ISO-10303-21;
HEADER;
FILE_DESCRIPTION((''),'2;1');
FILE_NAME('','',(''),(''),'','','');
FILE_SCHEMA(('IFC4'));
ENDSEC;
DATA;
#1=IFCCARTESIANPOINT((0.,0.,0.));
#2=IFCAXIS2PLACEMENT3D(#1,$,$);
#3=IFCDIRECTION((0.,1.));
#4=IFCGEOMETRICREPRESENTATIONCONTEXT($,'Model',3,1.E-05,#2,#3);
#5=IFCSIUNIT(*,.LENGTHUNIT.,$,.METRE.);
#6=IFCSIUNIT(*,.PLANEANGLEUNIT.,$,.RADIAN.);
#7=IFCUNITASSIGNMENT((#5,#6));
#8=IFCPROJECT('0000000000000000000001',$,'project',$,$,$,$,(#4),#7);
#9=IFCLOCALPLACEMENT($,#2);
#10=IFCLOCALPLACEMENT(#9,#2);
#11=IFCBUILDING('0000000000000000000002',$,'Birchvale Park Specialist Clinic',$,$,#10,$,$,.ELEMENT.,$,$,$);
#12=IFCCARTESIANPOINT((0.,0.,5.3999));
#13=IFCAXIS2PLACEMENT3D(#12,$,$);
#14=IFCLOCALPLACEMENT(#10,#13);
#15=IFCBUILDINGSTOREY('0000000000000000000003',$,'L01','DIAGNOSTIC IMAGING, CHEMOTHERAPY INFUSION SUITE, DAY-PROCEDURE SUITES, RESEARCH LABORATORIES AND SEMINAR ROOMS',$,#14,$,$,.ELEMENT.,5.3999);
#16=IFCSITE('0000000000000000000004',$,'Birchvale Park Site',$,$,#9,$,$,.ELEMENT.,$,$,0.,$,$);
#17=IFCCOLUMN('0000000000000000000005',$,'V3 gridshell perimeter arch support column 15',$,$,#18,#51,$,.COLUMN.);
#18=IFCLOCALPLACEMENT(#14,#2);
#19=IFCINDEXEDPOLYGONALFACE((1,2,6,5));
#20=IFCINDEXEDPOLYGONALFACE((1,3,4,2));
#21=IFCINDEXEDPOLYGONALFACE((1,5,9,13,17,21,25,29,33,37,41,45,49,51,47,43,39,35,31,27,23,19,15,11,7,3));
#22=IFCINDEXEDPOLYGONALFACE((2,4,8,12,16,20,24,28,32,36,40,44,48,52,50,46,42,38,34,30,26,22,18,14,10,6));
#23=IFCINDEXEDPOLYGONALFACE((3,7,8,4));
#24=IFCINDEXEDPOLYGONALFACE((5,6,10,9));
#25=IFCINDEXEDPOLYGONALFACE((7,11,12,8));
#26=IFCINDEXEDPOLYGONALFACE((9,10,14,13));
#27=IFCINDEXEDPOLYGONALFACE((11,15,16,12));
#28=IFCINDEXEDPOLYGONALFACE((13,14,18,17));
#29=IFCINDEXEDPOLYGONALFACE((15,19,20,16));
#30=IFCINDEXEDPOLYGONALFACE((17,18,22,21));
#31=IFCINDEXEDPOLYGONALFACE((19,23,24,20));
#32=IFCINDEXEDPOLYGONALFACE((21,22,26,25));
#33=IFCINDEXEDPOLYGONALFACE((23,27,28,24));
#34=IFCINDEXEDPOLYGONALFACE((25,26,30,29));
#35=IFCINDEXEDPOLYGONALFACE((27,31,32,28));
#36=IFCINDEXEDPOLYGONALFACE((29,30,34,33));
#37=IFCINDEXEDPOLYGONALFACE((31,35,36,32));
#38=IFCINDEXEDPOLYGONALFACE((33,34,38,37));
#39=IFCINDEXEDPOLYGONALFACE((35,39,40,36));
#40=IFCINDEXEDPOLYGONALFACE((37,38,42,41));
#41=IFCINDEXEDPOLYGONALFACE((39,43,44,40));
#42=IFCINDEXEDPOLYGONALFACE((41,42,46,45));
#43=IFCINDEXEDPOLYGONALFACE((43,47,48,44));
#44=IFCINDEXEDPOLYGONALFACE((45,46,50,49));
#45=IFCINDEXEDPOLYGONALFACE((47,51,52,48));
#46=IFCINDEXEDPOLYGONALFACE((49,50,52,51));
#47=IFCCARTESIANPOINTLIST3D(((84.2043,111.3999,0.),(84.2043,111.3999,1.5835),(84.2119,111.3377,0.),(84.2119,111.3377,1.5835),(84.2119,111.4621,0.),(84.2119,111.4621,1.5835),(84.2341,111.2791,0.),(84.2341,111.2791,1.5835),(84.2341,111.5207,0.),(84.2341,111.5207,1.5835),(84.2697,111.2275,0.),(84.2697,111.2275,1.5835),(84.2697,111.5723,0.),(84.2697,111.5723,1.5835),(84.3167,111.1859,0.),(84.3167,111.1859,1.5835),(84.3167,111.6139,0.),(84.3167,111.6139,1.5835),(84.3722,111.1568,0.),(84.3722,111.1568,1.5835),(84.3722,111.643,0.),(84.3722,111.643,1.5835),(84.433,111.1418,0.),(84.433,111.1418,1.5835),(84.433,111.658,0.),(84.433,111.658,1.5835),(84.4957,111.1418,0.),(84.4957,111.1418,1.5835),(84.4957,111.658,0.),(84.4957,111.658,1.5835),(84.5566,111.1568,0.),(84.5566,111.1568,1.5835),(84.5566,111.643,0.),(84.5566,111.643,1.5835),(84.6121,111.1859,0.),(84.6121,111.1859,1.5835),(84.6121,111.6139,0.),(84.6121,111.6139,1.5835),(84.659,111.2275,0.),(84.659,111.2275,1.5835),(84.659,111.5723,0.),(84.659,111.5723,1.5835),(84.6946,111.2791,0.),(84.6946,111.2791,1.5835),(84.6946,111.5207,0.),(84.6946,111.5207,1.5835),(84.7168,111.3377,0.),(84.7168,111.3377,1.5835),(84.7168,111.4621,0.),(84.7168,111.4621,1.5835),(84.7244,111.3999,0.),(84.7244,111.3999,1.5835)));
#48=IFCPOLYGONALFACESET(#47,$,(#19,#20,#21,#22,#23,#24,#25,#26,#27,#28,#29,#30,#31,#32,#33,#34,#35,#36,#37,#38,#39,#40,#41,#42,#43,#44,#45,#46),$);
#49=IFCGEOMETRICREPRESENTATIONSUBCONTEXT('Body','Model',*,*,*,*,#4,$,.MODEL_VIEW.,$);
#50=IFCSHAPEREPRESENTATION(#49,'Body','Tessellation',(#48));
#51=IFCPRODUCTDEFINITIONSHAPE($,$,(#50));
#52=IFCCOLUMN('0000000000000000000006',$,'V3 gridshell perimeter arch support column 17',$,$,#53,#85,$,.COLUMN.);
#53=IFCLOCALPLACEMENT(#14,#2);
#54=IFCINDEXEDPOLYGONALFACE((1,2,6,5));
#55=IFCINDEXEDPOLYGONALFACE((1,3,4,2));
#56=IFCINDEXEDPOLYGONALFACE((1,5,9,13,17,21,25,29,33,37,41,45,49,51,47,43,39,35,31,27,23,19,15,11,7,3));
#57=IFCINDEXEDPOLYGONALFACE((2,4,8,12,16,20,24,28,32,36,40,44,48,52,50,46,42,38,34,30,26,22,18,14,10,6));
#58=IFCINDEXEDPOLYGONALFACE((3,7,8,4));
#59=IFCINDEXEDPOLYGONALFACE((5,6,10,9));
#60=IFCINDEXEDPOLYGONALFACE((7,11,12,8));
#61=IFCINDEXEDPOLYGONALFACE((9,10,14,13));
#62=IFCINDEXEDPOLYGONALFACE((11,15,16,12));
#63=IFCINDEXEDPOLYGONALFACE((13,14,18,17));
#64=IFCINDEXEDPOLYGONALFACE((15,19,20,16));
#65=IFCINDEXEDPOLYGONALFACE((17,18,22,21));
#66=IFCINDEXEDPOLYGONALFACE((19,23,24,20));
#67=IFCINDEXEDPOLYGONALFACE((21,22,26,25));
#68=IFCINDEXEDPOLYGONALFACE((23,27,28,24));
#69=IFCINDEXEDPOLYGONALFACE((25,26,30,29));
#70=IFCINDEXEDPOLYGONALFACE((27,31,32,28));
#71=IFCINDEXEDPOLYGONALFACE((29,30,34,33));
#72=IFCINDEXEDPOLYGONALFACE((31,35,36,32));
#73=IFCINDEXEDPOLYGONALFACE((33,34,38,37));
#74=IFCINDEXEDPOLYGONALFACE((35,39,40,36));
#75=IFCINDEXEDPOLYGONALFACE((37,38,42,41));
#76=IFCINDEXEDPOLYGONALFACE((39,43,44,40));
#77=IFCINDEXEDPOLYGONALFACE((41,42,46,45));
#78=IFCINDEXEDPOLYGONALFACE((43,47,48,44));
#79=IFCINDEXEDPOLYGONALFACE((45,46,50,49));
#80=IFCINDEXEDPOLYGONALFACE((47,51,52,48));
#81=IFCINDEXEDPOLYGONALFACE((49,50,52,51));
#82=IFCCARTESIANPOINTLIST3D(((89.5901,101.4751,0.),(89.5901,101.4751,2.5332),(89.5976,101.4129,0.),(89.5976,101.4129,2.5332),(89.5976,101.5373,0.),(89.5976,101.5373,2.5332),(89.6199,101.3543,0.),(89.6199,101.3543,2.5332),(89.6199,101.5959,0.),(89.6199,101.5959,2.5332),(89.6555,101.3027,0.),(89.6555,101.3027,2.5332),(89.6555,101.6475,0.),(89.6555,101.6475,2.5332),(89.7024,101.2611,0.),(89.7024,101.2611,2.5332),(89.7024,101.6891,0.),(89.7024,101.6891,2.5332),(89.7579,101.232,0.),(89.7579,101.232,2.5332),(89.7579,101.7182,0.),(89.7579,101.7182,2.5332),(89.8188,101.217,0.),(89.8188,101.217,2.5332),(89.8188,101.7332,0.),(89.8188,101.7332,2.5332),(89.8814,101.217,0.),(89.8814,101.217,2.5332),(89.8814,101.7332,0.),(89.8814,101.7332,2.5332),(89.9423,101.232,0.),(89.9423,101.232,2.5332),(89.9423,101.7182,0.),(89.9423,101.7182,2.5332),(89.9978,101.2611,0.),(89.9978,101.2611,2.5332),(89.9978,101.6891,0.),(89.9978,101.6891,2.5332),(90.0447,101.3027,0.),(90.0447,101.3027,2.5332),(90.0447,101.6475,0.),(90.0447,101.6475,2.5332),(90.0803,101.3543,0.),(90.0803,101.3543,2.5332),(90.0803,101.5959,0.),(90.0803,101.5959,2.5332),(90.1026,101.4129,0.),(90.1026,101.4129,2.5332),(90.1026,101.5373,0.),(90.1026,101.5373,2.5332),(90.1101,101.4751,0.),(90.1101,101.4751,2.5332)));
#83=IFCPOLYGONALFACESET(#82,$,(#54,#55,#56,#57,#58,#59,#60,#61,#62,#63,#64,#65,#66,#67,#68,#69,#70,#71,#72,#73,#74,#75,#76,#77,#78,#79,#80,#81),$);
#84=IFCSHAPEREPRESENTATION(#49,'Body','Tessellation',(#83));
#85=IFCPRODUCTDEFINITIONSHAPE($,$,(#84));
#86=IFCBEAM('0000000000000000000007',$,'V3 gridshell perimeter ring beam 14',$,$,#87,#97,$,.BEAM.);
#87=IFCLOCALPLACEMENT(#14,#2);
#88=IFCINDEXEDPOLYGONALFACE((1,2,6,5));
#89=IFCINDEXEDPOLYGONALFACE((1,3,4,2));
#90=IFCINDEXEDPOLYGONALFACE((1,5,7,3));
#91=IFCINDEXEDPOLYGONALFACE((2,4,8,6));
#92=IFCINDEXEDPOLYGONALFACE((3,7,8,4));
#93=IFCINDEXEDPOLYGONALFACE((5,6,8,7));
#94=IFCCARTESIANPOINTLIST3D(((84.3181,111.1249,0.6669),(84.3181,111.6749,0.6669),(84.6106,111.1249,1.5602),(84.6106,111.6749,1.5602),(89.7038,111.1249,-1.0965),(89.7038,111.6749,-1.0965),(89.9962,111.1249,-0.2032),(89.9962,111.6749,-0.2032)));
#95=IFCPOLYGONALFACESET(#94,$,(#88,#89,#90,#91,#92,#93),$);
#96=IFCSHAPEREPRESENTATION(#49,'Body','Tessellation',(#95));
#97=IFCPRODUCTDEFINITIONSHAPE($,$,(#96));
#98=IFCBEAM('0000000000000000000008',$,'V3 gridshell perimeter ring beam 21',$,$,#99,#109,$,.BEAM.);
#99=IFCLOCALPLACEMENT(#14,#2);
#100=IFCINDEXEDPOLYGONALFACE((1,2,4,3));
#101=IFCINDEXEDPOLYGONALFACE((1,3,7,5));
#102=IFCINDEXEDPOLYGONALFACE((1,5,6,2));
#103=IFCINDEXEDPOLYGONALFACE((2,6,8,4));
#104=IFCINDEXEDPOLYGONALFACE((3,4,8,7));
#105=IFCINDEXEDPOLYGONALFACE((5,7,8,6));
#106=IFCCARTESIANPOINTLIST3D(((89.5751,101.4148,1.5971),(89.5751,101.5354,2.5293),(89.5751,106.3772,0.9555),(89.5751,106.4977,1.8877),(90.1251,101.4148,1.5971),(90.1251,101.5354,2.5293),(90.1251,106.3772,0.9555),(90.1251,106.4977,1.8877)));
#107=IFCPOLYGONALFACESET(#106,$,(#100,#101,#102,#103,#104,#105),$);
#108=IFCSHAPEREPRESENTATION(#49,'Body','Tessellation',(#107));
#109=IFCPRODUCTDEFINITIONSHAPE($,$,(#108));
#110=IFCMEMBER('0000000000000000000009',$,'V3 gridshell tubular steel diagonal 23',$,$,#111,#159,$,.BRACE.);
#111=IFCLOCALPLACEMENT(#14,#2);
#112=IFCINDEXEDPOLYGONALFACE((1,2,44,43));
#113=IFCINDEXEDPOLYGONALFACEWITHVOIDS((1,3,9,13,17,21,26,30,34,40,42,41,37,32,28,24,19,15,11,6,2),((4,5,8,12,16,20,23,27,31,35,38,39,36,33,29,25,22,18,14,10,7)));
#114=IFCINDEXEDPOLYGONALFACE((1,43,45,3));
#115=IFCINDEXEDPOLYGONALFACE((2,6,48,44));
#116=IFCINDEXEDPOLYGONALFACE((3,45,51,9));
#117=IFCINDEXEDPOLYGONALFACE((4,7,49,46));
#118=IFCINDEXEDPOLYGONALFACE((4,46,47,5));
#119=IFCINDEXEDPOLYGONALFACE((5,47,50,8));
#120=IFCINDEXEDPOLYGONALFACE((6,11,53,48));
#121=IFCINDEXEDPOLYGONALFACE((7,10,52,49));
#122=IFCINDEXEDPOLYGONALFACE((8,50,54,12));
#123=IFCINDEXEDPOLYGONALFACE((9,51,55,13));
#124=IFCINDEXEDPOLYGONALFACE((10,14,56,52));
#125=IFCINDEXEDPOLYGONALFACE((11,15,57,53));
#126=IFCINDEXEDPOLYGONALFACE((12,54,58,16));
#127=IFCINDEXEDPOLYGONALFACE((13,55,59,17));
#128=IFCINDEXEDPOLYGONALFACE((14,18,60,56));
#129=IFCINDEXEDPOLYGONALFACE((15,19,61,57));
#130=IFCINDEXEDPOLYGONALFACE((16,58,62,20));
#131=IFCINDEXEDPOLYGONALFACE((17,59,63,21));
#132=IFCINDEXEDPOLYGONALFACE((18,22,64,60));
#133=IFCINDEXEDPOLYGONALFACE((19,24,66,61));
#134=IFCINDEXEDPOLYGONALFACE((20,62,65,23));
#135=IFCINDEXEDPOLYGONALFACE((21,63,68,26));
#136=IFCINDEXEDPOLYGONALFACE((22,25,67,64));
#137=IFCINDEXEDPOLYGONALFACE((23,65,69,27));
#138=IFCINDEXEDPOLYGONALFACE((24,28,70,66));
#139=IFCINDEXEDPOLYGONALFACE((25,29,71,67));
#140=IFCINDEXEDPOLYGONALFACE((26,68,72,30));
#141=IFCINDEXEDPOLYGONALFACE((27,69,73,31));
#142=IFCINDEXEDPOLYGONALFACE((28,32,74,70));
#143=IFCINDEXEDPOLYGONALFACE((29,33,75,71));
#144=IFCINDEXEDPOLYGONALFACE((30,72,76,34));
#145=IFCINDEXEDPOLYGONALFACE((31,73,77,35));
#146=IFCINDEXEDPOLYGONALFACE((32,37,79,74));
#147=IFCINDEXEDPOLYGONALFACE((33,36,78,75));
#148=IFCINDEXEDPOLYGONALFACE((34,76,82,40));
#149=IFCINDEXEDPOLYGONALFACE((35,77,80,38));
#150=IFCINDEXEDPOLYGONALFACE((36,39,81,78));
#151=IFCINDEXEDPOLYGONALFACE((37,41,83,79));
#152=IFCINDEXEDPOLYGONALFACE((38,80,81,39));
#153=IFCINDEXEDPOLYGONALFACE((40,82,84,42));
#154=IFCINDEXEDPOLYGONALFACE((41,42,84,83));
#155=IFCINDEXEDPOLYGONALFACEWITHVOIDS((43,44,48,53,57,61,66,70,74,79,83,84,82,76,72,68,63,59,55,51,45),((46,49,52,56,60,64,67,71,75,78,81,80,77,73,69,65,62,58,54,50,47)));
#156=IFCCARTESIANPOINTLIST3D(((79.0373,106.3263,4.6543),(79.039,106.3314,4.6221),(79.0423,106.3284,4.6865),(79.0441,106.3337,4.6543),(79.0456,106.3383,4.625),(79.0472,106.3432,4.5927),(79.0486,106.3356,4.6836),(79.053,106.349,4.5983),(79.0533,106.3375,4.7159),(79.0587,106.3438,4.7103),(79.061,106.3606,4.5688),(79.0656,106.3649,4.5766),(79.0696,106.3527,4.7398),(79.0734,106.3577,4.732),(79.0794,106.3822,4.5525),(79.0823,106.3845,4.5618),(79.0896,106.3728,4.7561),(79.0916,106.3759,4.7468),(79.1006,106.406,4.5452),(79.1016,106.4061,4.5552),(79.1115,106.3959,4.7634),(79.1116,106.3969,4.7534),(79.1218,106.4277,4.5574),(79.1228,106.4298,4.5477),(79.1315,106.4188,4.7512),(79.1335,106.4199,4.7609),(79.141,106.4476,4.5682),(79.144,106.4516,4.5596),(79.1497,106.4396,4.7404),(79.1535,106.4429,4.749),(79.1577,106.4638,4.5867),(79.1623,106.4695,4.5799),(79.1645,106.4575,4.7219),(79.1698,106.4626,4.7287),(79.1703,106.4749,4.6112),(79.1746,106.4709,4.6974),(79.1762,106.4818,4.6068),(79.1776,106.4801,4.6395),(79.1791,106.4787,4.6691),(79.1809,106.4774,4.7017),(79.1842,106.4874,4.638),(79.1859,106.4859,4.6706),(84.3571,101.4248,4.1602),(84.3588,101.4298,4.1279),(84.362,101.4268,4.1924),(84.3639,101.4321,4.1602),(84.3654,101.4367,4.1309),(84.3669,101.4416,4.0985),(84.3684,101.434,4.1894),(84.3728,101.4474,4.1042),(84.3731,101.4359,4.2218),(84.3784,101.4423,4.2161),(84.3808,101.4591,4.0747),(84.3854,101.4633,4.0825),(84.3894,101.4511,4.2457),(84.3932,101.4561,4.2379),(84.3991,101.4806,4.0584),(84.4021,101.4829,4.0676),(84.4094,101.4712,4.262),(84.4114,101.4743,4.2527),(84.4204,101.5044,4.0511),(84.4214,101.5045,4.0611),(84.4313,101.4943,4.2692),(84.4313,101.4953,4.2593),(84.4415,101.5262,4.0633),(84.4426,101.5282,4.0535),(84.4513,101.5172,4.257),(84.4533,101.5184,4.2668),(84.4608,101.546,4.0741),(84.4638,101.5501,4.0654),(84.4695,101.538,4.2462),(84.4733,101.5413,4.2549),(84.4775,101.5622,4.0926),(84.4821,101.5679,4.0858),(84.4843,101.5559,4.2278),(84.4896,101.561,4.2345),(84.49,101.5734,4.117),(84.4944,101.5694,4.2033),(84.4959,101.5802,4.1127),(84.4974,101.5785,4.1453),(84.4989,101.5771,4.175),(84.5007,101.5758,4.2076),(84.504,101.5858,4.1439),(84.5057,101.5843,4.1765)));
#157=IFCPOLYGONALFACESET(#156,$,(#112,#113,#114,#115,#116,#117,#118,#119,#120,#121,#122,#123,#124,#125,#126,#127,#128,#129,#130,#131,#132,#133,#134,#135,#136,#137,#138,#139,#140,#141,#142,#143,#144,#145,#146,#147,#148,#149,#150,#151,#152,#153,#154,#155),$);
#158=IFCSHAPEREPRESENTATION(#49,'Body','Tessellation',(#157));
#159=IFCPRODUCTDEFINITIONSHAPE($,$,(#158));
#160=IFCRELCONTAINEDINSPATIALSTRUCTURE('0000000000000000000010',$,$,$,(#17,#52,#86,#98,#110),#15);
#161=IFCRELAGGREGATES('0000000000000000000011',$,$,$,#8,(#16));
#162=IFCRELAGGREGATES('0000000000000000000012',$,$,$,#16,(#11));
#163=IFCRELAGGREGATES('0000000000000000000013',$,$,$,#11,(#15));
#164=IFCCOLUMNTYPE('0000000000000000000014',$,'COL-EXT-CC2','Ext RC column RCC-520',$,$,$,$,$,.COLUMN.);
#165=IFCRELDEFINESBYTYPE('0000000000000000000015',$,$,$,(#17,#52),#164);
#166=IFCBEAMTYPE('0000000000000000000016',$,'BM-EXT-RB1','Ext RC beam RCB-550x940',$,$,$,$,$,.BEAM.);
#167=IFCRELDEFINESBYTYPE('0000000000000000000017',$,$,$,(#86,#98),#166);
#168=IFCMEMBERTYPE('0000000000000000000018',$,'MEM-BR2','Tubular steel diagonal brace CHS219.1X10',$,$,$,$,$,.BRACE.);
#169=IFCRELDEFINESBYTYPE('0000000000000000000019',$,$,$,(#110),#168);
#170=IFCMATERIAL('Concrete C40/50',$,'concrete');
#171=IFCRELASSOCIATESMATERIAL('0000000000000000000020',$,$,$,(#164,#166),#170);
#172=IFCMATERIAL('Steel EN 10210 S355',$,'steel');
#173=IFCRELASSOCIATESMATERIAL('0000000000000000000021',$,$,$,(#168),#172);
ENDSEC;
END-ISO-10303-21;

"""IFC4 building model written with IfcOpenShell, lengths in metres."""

from ifc_helpers import new_model, si_unit, direction, frame, origin, origin_2d, place, context, subcontext, project, spatial, rectangle, circle, hollow_circle, extrude, material, material_profile, profile_set, type_object, element, save


model = new_model("IFC4")

# Units and contexts
model_context = context("Model", 3, precision=1e-05, world=origin(), true_north=direction((0.0, 1.0)))
body_context = subcontext(model_context, "Body", "Model", "MODEL_VIEW")
ifc_project = project(units=[si_unit("LENGTHUNIT", "METRE"), si_unit("PLANEANGLEUNIT", "RADIAN")], contexts=[model_context])

# Site, building, storey
site_placement = place(None, origin())
site = spatial("IfcSite", under=ifc_project, at=site_placement, Name="Birchvale Park Site", CompositionType="ELEMENT", RefElevation=0.0)
building_placement = place(site_placement, origin())
building = spatial("IfcBuilding", under=site, at=building_placement, Name="Birchvale Park Specialist Clinic", CompositionType="ELEMENT")
storey_placement = place(building_placement, frame((0.0, 0.0, 5.3999)))
storey = spatial("IfcBuildingStorey", under=building, at=storey_placement, Name="L01", Description="DIAGNOSTIC IMAGING, CHEMOTHERAPY INFUSION SUITE, DAY-PROCEDURE SUITES, RESEARCH LABORATORIES AND SEMINAR ROOMS", CompositionType="ELEMENT", Elevation=5.3999)

# Columns
ifc_material_1 = material(Name="Concrete C40/50", Category="concrete")
ifc_material_profile_1 = material_profile(ifc_material_1, circle(Radius=0.26, at=origin_2d()), Name="RCC-520")
ifc_profile_set_1 = profile_set([ifc_material_profile_1], Name="Concrete C40/50")
column_type = type_object("IfcColumnType", Name="COL-EXT-CC2", Description="Ext RC column RCC-520", PredefinedType="COLUMN", material=ifc_profile_set_1)
column_1_placement = place(storey_placement, frame((84.4644, 111.3999, 0.0), z_axis=(0.0, 0.0, 1.0), x_axis=(1.0, 0.0, 0.0)))
element("IfcColumn", 1, at=column_1_placement, inside=storey, type_object=column_type, Name="V3 gridshell perimeter arch support column 15", PredefinedType="COLUMN", context=body_context, shape_type="SweptSolid", body=[
    extrude(circle(Radius=0.26, at=origin_2d()), origin(), (0.0, 0.0, 1.0), 1.5835),
])
column_2_placement = place(storey_placement, frame((89.8501, 101.4751, 0.0), z_axis=(0.0, 0.0, 1.0), x_axis=(1.0, 0.0, 0.0)))
element("IfcColumn", 2, at=column_2_placement, inside=storey, type_object=column_type, Name="V3 gridshell perimeter arch support column 17", PredefinedType="COLUMN", context=body_context, shape_type="SweptSolid", body=[
    extrude(circle(Radius=0.26, at=origin_2d()), origin(), (0.0, 0.0, 1.0), 2.5332),
])

# Beams
ifc_material_profile_2 = material_profile(ifc_material_1, rectangle(XDim=0.55, YDim=0.9399, at=origin_2d()), Name="RCB-550x940")
ifc_profile_set_2 = profile_set([ifc_material_profile_2], Name="Concrete C40/50")
beam_type = type_object("IfcBeamType", Name="BM-EXT-RB1", Description="Ext RC beam RCB-550x940", PredefinedType="BEAM", material=ifc_profile_set_2)
beam_1_placement = place(storey_placement, frame((84.4644, 111.3999, 1.1135), z_axis=(0.950354, 0.0, -0.31117), x_axis=(0.0, 1.0, 0.0)))
element("IfcBeam", 3, at=beam_1_placement, inside=storey, type_object=beam_type, Name="V3 gridshell perimeter ring beam 14", PredefinedType="BEAM", context=body_context, shape_type="SweptSolid", body=[
    extrude(rectangle(XDim=0.55, YDim=0.9399, at=origin_2d()), origin(), (0.0, 0.0, 1.0), 5.667),
])
beam_2_placement = place(storey_placement, frame((89.8501, 101.4751, 2.0632), z_axis=(0.0, 0.991745, -0.128225), x_axis=(-1.0, 0.0, 0.0)))
element("IfcBeam", 4, at=beam_2_placement, inside=storey, type_object=beam_type, Name="V3 gridshell perimeter ring beam 21", PredefinedType="BEAM", context=body_context, shape_type="SweptSolid", body=[
    extrude(rectangle(XDim=0.55, YDim=0.9399, at=origin_2d()), origin(), (0.0, 0.0, 1.0), 5.0037),
])

# Member
ifc_material_2 = material(Name="Steel EN 10210 S355", Category="steel")
ifc_material_profile_3 = material_profile(ifc_material_2, hollow_circle(Radius=0.1096, WallThickness=0.01, at=origin_2d()), Name="CHS219.1X10")
ifc_profile_set_3 = profile_set([ifc_material_profile_3], Name="Steel EN 10210 S355")
member_type_1 = type_object("IfcMemberType", Name="MEM-BR2", Description="Tubular steel diagonal brace CHS219.1X10", PredefinedType="BRACE", material=ifc_profile_set_3)
member_1_placement = place(storey_placement, frame((84.4314, 101.5054, 4.1602), z_axis=(-0.733713, 0.676033, 0.068152), x_axis=(-0.677608, -0.735423, 0.0)))
element("IfcMember", 5, at=member_1_placement, inside=storey, type_object=member_type_1, Name="V3 gridshell tubular steel diagonal 23", PredefinedType="BRACE", context=body_context, shape_type="SweptSolid", body=[
    extrude(hollow_circle(Radius=0.1096, WallThickness=0.01, at=origin_2d()), origin(), (0.0, 0.0, 1.0), 7.2505),
])

save(model, "model.ifc")
